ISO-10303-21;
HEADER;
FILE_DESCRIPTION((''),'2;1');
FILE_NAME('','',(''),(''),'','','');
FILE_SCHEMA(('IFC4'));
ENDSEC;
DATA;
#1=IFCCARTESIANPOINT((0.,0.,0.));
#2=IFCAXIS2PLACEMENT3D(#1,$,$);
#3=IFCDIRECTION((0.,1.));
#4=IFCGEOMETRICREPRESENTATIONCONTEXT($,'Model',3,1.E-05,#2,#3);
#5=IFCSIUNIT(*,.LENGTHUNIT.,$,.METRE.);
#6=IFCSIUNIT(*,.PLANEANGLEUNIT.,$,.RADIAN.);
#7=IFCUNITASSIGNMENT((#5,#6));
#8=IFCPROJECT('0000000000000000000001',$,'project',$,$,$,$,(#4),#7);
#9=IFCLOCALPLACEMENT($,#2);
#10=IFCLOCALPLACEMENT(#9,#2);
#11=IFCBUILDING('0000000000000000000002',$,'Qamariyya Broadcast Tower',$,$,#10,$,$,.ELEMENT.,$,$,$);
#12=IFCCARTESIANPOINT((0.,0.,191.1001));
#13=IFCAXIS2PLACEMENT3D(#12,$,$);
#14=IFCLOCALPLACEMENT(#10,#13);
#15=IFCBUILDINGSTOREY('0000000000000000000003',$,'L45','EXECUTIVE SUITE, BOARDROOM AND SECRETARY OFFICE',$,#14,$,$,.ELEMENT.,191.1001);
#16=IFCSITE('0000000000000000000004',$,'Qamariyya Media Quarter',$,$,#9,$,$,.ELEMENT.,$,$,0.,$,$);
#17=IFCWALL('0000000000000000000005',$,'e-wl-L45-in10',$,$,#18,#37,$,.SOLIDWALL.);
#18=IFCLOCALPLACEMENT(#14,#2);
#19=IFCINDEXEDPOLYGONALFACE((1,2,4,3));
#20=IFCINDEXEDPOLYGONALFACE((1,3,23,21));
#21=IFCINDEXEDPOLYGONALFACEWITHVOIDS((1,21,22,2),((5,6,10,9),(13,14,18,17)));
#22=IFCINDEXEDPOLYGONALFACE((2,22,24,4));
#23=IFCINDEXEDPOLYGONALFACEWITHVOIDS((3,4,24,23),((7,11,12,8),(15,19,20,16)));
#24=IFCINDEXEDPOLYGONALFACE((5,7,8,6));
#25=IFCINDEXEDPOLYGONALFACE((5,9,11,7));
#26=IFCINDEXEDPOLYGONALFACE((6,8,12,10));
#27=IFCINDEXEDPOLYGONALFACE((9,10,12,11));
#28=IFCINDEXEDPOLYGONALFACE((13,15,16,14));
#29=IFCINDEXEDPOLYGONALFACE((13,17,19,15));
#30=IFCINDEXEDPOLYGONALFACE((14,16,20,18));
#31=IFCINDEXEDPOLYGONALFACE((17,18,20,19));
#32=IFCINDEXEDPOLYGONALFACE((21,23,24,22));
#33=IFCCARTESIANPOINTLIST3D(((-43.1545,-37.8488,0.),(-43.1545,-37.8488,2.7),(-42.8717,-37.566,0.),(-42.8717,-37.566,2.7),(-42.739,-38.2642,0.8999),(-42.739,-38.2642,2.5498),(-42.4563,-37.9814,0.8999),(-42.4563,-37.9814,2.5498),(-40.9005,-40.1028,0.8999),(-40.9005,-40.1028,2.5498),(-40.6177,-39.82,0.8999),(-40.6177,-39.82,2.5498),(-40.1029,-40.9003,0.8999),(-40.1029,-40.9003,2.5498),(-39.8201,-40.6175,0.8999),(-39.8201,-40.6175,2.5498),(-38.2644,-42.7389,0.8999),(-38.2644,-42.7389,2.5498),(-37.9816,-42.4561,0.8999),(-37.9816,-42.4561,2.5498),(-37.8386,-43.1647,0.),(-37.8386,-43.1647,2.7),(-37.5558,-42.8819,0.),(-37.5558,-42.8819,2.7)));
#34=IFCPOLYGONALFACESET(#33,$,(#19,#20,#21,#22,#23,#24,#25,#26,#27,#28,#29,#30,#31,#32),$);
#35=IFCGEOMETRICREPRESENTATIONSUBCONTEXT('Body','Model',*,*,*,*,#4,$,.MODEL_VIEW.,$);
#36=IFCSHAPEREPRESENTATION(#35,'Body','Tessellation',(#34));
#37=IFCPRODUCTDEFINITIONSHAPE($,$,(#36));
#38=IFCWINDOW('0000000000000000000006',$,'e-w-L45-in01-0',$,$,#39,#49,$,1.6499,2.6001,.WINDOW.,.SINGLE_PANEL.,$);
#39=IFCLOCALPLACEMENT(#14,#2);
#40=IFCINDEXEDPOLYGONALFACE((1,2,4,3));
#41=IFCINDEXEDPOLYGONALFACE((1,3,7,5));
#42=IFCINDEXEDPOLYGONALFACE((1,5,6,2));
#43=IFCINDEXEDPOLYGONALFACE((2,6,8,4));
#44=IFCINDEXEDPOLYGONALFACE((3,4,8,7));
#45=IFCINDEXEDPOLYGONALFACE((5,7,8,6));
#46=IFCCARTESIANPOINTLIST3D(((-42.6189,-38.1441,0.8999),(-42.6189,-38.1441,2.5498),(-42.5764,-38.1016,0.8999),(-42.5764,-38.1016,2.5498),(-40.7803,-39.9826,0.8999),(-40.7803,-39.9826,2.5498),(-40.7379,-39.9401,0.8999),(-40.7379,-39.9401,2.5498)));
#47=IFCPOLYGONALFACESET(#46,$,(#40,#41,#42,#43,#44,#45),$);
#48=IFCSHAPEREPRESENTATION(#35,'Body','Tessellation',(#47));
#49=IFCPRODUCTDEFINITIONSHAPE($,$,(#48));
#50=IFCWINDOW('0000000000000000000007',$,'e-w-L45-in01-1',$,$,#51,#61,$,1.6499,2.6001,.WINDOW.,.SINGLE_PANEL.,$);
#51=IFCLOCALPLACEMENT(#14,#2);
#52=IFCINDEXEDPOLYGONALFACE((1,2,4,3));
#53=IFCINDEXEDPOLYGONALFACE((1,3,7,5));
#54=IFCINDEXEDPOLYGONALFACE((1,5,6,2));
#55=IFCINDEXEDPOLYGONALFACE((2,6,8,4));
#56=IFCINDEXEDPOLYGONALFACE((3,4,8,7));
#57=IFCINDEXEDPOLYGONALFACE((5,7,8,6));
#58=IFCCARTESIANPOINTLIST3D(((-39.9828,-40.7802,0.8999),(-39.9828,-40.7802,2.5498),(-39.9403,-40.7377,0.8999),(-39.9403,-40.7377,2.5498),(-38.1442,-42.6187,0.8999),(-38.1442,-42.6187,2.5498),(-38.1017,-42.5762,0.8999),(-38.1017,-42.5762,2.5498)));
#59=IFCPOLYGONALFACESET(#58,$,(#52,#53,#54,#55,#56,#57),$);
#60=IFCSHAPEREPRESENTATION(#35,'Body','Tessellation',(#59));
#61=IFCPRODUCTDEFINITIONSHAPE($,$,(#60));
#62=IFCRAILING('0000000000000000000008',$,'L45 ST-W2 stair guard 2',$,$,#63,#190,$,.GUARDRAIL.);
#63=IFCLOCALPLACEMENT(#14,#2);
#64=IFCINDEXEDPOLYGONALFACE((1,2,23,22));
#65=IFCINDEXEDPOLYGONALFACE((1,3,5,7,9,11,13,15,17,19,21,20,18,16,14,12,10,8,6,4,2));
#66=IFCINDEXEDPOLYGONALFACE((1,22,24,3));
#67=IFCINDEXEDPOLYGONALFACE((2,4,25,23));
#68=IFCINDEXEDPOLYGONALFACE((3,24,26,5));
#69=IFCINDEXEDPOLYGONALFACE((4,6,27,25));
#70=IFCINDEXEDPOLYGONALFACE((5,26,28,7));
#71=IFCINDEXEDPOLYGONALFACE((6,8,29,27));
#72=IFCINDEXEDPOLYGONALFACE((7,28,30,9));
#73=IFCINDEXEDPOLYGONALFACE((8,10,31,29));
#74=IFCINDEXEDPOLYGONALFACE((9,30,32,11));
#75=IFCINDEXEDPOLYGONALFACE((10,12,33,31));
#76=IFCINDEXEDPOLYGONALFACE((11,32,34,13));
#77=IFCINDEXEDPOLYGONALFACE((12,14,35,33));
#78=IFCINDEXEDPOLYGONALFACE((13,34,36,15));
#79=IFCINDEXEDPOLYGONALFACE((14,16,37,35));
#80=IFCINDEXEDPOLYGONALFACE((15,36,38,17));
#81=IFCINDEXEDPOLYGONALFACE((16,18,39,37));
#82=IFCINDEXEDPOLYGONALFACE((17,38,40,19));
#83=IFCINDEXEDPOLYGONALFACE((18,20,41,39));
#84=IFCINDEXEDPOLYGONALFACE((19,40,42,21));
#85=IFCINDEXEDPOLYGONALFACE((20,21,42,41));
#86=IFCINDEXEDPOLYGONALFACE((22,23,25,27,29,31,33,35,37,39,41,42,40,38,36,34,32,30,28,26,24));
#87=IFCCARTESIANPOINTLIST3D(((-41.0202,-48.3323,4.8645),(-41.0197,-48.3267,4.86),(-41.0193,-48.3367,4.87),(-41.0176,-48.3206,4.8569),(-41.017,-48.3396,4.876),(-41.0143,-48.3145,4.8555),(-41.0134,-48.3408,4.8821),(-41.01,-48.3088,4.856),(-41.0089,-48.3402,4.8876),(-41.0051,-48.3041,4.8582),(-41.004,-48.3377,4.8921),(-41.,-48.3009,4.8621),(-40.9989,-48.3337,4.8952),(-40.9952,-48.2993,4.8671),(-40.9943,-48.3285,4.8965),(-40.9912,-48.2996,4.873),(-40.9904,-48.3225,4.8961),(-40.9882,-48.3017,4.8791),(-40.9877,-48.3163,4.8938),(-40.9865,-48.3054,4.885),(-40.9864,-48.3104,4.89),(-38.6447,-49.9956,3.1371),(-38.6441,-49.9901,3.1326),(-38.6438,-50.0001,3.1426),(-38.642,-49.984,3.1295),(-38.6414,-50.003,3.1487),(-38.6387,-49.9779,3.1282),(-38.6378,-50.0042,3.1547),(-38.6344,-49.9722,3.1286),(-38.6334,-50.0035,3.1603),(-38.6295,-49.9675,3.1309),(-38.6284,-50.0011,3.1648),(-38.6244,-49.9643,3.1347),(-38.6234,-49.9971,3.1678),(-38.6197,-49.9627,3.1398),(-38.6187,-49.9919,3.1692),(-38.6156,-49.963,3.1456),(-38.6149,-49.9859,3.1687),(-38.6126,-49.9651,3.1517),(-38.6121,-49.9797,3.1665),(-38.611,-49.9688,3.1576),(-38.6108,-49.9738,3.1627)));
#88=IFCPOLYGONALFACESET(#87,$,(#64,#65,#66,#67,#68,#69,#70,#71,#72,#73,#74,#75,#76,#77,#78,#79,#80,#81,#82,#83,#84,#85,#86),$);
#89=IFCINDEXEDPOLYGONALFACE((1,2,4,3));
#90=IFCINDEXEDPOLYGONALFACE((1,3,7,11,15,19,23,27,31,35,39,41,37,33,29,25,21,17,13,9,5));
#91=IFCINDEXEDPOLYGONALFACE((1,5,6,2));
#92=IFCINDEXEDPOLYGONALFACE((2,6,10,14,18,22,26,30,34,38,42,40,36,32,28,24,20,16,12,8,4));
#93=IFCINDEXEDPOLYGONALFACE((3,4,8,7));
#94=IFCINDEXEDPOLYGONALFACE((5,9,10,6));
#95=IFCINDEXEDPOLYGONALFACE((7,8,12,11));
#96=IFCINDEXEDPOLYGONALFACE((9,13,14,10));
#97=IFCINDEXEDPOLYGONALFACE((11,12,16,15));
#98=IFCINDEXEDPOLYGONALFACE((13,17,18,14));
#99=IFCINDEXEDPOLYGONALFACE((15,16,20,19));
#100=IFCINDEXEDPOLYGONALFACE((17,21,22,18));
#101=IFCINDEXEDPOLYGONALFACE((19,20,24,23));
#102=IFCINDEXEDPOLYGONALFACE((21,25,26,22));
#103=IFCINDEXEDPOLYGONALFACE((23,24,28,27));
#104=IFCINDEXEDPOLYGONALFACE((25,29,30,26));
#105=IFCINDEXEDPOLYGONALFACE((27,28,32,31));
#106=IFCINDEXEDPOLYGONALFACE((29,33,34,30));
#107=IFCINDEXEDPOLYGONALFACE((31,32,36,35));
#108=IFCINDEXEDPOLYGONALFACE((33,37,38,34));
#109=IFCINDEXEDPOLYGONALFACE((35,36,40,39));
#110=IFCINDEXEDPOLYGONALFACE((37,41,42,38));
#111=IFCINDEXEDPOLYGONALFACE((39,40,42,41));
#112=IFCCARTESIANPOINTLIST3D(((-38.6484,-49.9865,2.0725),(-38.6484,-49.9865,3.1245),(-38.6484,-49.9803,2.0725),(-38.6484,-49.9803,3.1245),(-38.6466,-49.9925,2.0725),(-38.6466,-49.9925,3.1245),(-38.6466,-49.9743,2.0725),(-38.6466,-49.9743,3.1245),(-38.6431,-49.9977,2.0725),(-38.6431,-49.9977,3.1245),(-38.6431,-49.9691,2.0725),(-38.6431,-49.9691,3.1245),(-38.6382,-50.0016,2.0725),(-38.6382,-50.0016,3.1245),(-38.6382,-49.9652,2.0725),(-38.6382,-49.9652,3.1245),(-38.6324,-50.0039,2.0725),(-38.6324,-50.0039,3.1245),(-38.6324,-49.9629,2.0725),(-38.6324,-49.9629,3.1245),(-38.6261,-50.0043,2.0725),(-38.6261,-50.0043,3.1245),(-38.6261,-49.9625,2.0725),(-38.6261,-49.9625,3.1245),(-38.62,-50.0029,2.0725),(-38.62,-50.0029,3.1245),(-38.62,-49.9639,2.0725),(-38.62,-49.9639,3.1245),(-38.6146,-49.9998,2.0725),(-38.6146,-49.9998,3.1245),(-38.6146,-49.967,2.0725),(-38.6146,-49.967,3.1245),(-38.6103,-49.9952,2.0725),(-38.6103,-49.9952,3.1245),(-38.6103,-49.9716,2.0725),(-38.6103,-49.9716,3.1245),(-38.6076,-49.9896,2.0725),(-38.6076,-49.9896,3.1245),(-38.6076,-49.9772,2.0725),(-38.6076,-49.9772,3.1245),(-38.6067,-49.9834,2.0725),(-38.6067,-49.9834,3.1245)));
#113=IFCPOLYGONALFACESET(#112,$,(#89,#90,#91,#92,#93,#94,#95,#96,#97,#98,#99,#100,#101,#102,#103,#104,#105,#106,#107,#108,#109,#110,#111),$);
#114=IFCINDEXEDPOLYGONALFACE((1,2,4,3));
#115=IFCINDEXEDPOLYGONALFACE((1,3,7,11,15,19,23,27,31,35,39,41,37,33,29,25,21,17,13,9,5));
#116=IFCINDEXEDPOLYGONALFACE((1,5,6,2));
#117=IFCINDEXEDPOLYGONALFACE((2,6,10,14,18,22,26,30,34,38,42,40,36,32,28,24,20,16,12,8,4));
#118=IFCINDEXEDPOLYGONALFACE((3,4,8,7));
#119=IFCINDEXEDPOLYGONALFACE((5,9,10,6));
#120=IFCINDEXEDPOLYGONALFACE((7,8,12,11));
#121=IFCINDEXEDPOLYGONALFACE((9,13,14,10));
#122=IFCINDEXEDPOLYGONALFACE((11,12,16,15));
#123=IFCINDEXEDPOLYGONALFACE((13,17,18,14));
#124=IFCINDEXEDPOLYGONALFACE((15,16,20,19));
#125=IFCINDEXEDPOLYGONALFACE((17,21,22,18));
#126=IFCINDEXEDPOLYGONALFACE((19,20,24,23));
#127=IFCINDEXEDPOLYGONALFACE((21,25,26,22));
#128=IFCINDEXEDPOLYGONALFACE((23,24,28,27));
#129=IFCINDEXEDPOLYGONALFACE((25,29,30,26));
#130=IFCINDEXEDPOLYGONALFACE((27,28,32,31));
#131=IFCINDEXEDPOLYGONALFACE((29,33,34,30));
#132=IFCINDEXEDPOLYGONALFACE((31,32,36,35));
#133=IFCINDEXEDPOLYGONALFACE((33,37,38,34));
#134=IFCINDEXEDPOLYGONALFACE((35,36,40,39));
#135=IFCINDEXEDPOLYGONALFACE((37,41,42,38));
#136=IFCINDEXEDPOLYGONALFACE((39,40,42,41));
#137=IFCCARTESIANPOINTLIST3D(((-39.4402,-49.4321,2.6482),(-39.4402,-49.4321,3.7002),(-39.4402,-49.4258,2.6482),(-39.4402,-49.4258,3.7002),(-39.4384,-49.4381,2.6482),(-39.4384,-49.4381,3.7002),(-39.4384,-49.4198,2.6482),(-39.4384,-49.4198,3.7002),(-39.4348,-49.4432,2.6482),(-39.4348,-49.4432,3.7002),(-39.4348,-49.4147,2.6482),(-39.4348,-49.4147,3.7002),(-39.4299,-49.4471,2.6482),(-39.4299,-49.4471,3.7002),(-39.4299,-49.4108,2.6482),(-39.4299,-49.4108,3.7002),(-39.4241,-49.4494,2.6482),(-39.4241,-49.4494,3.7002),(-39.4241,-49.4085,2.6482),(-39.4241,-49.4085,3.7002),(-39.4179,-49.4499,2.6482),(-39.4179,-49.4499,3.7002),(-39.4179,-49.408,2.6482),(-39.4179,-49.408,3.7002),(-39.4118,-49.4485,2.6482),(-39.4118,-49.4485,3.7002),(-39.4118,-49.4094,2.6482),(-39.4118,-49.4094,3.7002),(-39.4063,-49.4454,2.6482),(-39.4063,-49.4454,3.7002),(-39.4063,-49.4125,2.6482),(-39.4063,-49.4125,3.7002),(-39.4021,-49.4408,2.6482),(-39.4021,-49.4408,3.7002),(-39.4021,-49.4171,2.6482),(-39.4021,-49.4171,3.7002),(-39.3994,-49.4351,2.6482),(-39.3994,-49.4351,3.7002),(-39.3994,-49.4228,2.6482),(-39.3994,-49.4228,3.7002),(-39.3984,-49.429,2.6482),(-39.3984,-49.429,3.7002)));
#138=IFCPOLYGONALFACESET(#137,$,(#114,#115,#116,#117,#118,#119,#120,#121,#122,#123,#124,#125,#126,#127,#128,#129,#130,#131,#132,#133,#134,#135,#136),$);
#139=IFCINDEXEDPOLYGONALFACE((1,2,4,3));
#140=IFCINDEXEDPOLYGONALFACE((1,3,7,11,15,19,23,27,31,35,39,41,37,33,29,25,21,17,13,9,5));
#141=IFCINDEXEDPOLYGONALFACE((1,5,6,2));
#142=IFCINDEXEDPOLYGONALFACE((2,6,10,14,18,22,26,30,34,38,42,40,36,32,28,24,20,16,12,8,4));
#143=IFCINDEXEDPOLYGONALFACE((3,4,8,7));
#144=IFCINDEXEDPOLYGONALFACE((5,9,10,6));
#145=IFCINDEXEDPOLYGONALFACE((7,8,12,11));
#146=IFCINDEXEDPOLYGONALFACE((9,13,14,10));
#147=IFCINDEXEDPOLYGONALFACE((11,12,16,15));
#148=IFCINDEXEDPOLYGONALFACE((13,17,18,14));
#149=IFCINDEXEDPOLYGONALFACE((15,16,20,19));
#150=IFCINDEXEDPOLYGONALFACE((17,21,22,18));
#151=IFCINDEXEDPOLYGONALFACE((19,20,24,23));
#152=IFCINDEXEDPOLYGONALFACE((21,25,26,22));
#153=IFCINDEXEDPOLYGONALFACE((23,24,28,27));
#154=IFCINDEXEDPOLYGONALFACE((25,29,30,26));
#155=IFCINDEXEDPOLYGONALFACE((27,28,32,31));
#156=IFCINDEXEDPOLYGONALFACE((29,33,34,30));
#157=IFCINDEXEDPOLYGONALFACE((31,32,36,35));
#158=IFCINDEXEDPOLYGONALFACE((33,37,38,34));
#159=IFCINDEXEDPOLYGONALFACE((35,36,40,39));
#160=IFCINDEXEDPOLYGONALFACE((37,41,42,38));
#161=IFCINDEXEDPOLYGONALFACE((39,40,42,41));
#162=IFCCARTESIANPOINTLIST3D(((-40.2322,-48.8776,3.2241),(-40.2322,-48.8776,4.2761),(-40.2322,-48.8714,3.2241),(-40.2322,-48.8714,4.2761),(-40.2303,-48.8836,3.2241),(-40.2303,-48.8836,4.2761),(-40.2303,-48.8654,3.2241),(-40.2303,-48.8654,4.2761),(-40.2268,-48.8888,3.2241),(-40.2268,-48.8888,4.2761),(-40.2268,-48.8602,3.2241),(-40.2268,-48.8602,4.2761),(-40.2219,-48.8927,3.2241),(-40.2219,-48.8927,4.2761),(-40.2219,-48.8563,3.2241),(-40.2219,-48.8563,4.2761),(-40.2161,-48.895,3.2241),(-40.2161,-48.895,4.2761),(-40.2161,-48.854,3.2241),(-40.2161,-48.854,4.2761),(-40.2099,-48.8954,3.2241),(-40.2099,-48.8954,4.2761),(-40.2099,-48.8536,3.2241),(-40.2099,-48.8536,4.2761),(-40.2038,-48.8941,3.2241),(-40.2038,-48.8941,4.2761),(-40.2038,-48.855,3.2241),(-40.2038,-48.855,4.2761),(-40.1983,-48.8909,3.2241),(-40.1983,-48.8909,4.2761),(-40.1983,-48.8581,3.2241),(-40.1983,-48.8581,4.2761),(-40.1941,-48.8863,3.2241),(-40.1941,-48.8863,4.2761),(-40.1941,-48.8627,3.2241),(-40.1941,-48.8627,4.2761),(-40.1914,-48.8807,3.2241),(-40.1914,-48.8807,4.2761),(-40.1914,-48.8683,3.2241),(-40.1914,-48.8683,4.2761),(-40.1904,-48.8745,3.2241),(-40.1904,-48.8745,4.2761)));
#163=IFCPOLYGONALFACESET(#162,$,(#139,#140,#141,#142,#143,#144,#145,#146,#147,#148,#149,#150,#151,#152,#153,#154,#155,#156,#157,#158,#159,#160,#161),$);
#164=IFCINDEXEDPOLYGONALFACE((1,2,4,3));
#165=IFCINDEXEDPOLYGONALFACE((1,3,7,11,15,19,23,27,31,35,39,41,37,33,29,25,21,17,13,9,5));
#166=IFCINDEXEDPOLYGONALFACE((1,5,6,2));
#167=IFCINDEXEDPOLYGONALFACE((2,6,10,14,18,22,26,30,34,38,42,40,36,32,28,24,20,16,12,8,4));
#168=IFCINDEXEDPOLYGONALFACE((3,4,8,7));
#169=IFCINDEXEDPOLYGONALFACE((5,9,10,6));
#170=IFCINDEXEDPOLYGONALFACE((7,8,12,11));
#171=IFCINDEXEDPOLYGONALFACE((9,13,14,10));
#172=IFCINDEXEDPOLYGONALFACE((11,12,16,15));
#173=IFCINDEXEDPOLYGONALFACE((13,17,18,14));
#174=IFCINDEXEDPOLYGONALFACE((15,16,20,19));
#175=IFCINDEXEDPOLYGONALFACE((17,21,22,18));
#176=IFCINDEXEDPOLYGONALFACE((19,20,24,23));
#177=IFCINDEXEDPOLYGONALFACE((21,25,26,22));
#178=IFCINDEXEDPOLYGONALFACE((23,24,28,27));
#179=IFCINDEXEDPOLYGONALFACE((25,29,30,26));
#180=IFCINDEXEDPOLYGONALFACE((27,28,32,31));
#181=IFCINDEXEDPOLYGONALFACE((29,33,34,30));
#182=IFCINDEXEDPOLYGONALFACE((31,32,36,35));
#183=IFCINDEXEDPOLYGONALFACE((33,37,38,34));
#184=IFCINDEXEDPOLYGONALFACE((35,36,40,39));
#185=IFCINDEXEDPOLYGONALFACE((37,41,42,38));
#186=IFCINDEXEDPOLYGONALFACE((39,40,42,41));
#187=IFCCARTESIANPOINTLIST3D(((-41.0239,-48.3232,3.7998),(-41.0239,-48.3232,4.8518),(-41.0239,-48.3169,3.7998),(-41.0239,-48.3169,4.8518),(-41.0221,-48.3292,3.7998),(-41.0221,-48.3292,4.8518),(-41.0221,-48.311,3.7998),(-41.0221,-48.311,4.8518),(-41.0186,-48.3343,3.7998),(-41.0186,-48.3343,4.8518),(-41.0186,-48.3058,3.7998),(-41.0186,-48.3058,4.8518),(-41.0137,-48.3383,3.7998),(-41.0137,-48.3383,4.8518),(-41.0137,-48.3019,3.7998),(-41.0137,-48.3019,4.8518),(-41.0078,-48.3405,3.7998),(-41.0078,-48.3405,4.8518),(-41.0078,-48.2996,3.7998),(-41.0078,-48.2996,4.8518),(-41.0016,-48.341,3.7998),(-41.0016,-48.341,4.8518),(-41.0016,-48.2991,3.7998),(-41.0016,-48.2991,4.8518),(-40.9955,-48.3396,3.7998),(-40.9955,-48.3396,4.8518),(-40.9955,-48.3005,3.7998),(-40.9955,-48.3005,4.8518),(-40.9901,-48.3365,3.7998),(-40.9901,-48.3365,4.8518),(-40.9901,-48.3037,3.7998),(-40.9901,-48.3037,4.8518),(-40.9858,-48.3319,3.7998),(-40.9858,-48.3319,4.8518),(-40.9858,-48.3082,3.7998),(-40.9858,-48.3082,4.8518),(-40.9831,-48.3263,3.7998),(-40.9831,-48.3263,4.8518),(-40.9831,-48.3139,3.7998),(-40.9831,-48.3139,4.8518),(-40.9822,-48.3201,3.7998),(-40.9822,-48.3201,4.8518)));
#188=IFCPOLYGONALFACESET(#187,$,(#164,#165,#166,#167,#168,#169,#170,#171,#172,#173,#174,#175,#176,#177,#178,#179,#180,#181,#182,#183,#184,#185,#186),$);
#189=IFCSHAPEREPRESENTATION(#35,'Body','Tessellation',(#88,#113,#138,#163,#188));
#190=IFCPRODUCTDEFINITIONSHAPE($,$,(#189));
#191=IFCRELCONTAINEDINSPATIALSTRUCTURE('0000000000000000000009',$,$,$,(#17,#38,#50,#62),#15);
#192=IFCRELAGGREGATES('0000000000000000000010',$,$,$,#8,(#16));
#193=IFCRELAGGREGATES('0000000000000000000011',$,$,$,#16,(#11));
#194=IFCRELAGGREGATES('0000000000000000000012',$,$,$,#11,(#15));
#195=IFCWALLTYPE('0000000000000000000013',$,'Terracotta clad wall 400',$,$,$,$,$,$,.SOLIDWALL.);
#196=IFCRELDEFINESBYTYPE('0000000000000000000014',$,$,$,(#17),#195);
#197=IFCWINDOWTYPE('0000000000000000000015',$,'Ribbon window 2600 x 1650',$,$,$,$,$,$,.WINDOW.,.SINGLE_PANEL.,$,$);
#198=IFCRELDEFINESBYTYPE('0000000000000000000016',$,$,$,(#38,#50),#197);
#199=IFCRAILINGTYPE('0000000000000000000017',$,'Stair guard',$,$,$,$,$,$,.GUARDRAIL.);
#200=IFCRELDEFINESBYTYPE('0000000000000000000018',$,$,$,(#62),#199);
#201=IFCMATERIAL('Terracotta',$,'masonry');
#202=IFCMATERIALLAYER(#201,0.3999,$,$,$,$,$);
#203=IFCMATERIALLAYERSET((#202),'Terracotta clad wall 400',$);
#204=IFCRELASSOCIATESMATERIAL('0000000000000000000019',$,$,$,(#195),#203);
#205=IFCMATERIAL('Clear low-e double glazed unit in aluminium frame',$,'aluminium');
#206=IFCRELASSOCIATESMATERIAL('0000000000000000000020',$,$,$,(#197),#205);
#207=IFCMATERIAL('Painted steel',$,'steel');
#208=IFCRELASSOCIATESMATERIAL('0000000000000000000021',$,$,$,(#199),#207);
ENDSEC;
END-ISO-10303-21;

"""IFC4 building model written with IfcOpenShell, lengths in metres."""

from ifc_helpers import new_model, si_unit, direction, frame, frame_2d, origin, origin_2d, place, context, subcontext, project, spatial, rectangle, circle, extrude, material, layer, layer_set, type_object, element, fill, save


model = new_model("IFC4")

# Units and contexts
model_context = context("Model", 3, precision=1e-05, world=origin(), true_north=direction((0.0, 1.0)))
body_context = subcontext(model_context, "Body", "Model", "MODEL_VIEW")
ifc_project = project(units=[si_unit("LENGTHUNIT", "METRE"), si_unit("PLANEANGLEUNIT", "RADIAN")], contexts=[model_context])

# Site, building, storey
site_placement = place(None, origin())
site = spatial("IfcSite", under=ifc_project, at=site_placement, Name="Qamariyya Media Quarter", CompositionType="ELEMENT", RefElevation=0.0)
building_placement = place(site_placement, origin())
building = spatial("IfcBuilding", under=site, at=building_placement, Name="Qamariyya Broadcast Tower", CompositionType="ELEMENT")
storey_placement = place(building_placement, frame((0.0, 0.0, 191.1001)))
storey = spatial("IfcBuildingStorey", under=building, at=storey_placement, Name="L45", Description="EXECUTIVE SUITE, BOARDROOM AND SECRETARY OFFICE", CompositionType="ELEMENT", Elevation=191.1001)

# Shared definitions
ifc_material_1 = material(Name="Terracotta", Category="masonry")
ifc_layer_1 = layer(ifc_material_1, 0.3999)
ifc_layer_set_1 = layer_set([ifc_layer_1], Name="Terracotta clad wall 400")
wall_type_1 = type_object("IfcWallType", Name="Terracotta clad wall 400", PredefinedType="SOLIDWALL", material=ifc_layer_set_1)

# Wall, openings, windows
wall_1_placement = place(storey_placement, frame((-37.6973, -43.0232, 0.0), z_axis=(0.0, 0.0, 1.0), x_axis=(-0.707107, 0.707107, 0.0)))
wall_1 = element("IfcWall", 1, at=wall_1_placement, inside=storey, type_object=wall_type_1, Name="e-wl-L45-in10", PredefinedType="SOLIDWALL", context=body_context, shape_type="SweptSolid", body=[
    extrude(rectangle(XDim=7.5178, YDim=0.3999, at=frame_2d((3.7588, 0.0))), origin(), (0.0, 0.0, 1.0), 2.7),
])
opening_1_placement = place(wall_1_placement, frame((4.3301, 0.0, 0.8999)))
opening_1 = element("IfcOpeningElement", 2, at=opening_1_placement, cuts=wall_1, PredefinedType="OPENING", context=body_context, shape_type="SweptSolid", body=[
    extrude(rectangle(XDim=2.6001, YDim=1.6499, at=frame_2d((1.3, 0.825))), frame((0.0, 0.21, 0.0), z_axis=(0.0, -1.0, 0.0), x_axis=(1.0, 0.0, 0.0)), (0.0, 0.0, 1.0), 0.4199),
])
opening_2_placement = place(wall_1_placement, frame((0.6021, 0.0, 0.8999)))
opening_2 = element("IfcOpeningElement", 3, at=opening_2_placement, cuts=wall_1, PredefinedType="OPENING", context=body_context, shape_type="SweptSolid", body=[
    extrude(rectangle(XDim=2.6001, YDim=1.6499, at=frame_2d((1.3, 0.825))), frame((0.0, 0.21, 0.0), z_axis=(0.0, -1.0, 0.0), x_axis=(1.0, 0.0, 0.0)), (0.0, 0.0, 1.0), 0.4199),
])
ifc_material_2 = material(Name="Clear low-e double glazed unit in aluminium frame", Category="aluminium")
window_type = type_object("IfcWindowType", Name="Ribbon window 2600 x 1650", PartitioningType="SINGLE_PANEL", PredefinedType="WINDOW", material=ifc_material_2)
window_1_placement = place(opening_1_placement, origin())
window_1 = element("IfcWindow", 4, at=window_1_placement, inside=storey, type_object=window_type, Name="e-w-L45-in01-0", OverallHeight=1.6499, OverallWidth=2.6001, PartitioningType="SINGLE_PANEL", PredefinedType="WINDOW", context=body_context, shape_type="SweptSolid", body=[
    extrude(rectangle(XDim=2.6001, YDim=1.6499, at=frame_2d((1.3, 0.825))), frame((0.0, 0.03, 0.0), z_axis=(0.0, -1.0, 0.0), x_axis=(1.0, 0.0, 0.0)), (0.0, 0.0, 1.0), 0.0601),
])
fill(opening_1, window_1)
window_2_placement = place(opening_2_placement, origin())
window_2 = element("IfcWindow", 5, at=window_2_placement, inside=storey, type_object=window_type, Name="e-w-L45-in01-1", OverallHeight=1.6499, OverallWidth=2.6001, PartitioningType="SINGLE_PANEL", PredefinedType="WINDOW", context=body_context, shape_type="SweptSolid", body=[
    extrude(rectangle(XDim=2.6001, YDim=1.6499, at=frame_2d((1.3, 0.825))), frame((0.0, 0.03, 0.0), z_axis=(0.0, -1.0, 0.0), x_axis=(1.0, 0.0, 0.0)), (0.0, 0.0, 1.0), 0.0601),
])
fill(opening_2, window_2)

# Railing
ifc_material_3 = material(Name="Painted steel", Category="steel")
railing_type_1 = type_object("IfcRailingType", Name="Stair guard", PredefinedType="GUARDRAIL", material=ifc_material_3)
railing_1_placement = place(storey_placement, frame((-38.6277, -49.9834, 2.0725)))
element("IfcRailing", 6, at=railing_1_placement, inside=storey, type_object=railing_type_1, Name="L45 ST-W2 stair guard 2", PredefinedType="GUARDRAIL", context=body_context, shape_type="SweptSolid", body=[
    extrude(circle(Radius=0.0239, at=origin_2d()), frame((0.0, 0.0, 1.0762), z_axis=(-0.70377, 0.492784, 0.511734), x_axis=(-0.573575, -0.819153, 0.0)), (0.0, 0.0, 1.0), 3.3755),
    extrude(circle(Radius=0.021, at=origin_2d()), origin(), (0.0, 0.0, 1.0), 1.052),
    extrude(circle(Radius=0.021, at=origin_2d()), frame((-0.7917, 0.5544, 0.5757)), (0.0, 0.0, 1.0), 1.052),
    extrude(circle(Radius=0.021, at=origin_2d()), frame((-1.5837, 1.1089, 1.1516)), (0.0, 0.0, 1.0), 1.052),
    extrude(circle(Radius=0.021, at=origin_2d()), frame((-2.3755, 1.6633, 1.7273)), (0.0, 0.0, 1.0), 1.052),
])

save(model, "model.ifc")
